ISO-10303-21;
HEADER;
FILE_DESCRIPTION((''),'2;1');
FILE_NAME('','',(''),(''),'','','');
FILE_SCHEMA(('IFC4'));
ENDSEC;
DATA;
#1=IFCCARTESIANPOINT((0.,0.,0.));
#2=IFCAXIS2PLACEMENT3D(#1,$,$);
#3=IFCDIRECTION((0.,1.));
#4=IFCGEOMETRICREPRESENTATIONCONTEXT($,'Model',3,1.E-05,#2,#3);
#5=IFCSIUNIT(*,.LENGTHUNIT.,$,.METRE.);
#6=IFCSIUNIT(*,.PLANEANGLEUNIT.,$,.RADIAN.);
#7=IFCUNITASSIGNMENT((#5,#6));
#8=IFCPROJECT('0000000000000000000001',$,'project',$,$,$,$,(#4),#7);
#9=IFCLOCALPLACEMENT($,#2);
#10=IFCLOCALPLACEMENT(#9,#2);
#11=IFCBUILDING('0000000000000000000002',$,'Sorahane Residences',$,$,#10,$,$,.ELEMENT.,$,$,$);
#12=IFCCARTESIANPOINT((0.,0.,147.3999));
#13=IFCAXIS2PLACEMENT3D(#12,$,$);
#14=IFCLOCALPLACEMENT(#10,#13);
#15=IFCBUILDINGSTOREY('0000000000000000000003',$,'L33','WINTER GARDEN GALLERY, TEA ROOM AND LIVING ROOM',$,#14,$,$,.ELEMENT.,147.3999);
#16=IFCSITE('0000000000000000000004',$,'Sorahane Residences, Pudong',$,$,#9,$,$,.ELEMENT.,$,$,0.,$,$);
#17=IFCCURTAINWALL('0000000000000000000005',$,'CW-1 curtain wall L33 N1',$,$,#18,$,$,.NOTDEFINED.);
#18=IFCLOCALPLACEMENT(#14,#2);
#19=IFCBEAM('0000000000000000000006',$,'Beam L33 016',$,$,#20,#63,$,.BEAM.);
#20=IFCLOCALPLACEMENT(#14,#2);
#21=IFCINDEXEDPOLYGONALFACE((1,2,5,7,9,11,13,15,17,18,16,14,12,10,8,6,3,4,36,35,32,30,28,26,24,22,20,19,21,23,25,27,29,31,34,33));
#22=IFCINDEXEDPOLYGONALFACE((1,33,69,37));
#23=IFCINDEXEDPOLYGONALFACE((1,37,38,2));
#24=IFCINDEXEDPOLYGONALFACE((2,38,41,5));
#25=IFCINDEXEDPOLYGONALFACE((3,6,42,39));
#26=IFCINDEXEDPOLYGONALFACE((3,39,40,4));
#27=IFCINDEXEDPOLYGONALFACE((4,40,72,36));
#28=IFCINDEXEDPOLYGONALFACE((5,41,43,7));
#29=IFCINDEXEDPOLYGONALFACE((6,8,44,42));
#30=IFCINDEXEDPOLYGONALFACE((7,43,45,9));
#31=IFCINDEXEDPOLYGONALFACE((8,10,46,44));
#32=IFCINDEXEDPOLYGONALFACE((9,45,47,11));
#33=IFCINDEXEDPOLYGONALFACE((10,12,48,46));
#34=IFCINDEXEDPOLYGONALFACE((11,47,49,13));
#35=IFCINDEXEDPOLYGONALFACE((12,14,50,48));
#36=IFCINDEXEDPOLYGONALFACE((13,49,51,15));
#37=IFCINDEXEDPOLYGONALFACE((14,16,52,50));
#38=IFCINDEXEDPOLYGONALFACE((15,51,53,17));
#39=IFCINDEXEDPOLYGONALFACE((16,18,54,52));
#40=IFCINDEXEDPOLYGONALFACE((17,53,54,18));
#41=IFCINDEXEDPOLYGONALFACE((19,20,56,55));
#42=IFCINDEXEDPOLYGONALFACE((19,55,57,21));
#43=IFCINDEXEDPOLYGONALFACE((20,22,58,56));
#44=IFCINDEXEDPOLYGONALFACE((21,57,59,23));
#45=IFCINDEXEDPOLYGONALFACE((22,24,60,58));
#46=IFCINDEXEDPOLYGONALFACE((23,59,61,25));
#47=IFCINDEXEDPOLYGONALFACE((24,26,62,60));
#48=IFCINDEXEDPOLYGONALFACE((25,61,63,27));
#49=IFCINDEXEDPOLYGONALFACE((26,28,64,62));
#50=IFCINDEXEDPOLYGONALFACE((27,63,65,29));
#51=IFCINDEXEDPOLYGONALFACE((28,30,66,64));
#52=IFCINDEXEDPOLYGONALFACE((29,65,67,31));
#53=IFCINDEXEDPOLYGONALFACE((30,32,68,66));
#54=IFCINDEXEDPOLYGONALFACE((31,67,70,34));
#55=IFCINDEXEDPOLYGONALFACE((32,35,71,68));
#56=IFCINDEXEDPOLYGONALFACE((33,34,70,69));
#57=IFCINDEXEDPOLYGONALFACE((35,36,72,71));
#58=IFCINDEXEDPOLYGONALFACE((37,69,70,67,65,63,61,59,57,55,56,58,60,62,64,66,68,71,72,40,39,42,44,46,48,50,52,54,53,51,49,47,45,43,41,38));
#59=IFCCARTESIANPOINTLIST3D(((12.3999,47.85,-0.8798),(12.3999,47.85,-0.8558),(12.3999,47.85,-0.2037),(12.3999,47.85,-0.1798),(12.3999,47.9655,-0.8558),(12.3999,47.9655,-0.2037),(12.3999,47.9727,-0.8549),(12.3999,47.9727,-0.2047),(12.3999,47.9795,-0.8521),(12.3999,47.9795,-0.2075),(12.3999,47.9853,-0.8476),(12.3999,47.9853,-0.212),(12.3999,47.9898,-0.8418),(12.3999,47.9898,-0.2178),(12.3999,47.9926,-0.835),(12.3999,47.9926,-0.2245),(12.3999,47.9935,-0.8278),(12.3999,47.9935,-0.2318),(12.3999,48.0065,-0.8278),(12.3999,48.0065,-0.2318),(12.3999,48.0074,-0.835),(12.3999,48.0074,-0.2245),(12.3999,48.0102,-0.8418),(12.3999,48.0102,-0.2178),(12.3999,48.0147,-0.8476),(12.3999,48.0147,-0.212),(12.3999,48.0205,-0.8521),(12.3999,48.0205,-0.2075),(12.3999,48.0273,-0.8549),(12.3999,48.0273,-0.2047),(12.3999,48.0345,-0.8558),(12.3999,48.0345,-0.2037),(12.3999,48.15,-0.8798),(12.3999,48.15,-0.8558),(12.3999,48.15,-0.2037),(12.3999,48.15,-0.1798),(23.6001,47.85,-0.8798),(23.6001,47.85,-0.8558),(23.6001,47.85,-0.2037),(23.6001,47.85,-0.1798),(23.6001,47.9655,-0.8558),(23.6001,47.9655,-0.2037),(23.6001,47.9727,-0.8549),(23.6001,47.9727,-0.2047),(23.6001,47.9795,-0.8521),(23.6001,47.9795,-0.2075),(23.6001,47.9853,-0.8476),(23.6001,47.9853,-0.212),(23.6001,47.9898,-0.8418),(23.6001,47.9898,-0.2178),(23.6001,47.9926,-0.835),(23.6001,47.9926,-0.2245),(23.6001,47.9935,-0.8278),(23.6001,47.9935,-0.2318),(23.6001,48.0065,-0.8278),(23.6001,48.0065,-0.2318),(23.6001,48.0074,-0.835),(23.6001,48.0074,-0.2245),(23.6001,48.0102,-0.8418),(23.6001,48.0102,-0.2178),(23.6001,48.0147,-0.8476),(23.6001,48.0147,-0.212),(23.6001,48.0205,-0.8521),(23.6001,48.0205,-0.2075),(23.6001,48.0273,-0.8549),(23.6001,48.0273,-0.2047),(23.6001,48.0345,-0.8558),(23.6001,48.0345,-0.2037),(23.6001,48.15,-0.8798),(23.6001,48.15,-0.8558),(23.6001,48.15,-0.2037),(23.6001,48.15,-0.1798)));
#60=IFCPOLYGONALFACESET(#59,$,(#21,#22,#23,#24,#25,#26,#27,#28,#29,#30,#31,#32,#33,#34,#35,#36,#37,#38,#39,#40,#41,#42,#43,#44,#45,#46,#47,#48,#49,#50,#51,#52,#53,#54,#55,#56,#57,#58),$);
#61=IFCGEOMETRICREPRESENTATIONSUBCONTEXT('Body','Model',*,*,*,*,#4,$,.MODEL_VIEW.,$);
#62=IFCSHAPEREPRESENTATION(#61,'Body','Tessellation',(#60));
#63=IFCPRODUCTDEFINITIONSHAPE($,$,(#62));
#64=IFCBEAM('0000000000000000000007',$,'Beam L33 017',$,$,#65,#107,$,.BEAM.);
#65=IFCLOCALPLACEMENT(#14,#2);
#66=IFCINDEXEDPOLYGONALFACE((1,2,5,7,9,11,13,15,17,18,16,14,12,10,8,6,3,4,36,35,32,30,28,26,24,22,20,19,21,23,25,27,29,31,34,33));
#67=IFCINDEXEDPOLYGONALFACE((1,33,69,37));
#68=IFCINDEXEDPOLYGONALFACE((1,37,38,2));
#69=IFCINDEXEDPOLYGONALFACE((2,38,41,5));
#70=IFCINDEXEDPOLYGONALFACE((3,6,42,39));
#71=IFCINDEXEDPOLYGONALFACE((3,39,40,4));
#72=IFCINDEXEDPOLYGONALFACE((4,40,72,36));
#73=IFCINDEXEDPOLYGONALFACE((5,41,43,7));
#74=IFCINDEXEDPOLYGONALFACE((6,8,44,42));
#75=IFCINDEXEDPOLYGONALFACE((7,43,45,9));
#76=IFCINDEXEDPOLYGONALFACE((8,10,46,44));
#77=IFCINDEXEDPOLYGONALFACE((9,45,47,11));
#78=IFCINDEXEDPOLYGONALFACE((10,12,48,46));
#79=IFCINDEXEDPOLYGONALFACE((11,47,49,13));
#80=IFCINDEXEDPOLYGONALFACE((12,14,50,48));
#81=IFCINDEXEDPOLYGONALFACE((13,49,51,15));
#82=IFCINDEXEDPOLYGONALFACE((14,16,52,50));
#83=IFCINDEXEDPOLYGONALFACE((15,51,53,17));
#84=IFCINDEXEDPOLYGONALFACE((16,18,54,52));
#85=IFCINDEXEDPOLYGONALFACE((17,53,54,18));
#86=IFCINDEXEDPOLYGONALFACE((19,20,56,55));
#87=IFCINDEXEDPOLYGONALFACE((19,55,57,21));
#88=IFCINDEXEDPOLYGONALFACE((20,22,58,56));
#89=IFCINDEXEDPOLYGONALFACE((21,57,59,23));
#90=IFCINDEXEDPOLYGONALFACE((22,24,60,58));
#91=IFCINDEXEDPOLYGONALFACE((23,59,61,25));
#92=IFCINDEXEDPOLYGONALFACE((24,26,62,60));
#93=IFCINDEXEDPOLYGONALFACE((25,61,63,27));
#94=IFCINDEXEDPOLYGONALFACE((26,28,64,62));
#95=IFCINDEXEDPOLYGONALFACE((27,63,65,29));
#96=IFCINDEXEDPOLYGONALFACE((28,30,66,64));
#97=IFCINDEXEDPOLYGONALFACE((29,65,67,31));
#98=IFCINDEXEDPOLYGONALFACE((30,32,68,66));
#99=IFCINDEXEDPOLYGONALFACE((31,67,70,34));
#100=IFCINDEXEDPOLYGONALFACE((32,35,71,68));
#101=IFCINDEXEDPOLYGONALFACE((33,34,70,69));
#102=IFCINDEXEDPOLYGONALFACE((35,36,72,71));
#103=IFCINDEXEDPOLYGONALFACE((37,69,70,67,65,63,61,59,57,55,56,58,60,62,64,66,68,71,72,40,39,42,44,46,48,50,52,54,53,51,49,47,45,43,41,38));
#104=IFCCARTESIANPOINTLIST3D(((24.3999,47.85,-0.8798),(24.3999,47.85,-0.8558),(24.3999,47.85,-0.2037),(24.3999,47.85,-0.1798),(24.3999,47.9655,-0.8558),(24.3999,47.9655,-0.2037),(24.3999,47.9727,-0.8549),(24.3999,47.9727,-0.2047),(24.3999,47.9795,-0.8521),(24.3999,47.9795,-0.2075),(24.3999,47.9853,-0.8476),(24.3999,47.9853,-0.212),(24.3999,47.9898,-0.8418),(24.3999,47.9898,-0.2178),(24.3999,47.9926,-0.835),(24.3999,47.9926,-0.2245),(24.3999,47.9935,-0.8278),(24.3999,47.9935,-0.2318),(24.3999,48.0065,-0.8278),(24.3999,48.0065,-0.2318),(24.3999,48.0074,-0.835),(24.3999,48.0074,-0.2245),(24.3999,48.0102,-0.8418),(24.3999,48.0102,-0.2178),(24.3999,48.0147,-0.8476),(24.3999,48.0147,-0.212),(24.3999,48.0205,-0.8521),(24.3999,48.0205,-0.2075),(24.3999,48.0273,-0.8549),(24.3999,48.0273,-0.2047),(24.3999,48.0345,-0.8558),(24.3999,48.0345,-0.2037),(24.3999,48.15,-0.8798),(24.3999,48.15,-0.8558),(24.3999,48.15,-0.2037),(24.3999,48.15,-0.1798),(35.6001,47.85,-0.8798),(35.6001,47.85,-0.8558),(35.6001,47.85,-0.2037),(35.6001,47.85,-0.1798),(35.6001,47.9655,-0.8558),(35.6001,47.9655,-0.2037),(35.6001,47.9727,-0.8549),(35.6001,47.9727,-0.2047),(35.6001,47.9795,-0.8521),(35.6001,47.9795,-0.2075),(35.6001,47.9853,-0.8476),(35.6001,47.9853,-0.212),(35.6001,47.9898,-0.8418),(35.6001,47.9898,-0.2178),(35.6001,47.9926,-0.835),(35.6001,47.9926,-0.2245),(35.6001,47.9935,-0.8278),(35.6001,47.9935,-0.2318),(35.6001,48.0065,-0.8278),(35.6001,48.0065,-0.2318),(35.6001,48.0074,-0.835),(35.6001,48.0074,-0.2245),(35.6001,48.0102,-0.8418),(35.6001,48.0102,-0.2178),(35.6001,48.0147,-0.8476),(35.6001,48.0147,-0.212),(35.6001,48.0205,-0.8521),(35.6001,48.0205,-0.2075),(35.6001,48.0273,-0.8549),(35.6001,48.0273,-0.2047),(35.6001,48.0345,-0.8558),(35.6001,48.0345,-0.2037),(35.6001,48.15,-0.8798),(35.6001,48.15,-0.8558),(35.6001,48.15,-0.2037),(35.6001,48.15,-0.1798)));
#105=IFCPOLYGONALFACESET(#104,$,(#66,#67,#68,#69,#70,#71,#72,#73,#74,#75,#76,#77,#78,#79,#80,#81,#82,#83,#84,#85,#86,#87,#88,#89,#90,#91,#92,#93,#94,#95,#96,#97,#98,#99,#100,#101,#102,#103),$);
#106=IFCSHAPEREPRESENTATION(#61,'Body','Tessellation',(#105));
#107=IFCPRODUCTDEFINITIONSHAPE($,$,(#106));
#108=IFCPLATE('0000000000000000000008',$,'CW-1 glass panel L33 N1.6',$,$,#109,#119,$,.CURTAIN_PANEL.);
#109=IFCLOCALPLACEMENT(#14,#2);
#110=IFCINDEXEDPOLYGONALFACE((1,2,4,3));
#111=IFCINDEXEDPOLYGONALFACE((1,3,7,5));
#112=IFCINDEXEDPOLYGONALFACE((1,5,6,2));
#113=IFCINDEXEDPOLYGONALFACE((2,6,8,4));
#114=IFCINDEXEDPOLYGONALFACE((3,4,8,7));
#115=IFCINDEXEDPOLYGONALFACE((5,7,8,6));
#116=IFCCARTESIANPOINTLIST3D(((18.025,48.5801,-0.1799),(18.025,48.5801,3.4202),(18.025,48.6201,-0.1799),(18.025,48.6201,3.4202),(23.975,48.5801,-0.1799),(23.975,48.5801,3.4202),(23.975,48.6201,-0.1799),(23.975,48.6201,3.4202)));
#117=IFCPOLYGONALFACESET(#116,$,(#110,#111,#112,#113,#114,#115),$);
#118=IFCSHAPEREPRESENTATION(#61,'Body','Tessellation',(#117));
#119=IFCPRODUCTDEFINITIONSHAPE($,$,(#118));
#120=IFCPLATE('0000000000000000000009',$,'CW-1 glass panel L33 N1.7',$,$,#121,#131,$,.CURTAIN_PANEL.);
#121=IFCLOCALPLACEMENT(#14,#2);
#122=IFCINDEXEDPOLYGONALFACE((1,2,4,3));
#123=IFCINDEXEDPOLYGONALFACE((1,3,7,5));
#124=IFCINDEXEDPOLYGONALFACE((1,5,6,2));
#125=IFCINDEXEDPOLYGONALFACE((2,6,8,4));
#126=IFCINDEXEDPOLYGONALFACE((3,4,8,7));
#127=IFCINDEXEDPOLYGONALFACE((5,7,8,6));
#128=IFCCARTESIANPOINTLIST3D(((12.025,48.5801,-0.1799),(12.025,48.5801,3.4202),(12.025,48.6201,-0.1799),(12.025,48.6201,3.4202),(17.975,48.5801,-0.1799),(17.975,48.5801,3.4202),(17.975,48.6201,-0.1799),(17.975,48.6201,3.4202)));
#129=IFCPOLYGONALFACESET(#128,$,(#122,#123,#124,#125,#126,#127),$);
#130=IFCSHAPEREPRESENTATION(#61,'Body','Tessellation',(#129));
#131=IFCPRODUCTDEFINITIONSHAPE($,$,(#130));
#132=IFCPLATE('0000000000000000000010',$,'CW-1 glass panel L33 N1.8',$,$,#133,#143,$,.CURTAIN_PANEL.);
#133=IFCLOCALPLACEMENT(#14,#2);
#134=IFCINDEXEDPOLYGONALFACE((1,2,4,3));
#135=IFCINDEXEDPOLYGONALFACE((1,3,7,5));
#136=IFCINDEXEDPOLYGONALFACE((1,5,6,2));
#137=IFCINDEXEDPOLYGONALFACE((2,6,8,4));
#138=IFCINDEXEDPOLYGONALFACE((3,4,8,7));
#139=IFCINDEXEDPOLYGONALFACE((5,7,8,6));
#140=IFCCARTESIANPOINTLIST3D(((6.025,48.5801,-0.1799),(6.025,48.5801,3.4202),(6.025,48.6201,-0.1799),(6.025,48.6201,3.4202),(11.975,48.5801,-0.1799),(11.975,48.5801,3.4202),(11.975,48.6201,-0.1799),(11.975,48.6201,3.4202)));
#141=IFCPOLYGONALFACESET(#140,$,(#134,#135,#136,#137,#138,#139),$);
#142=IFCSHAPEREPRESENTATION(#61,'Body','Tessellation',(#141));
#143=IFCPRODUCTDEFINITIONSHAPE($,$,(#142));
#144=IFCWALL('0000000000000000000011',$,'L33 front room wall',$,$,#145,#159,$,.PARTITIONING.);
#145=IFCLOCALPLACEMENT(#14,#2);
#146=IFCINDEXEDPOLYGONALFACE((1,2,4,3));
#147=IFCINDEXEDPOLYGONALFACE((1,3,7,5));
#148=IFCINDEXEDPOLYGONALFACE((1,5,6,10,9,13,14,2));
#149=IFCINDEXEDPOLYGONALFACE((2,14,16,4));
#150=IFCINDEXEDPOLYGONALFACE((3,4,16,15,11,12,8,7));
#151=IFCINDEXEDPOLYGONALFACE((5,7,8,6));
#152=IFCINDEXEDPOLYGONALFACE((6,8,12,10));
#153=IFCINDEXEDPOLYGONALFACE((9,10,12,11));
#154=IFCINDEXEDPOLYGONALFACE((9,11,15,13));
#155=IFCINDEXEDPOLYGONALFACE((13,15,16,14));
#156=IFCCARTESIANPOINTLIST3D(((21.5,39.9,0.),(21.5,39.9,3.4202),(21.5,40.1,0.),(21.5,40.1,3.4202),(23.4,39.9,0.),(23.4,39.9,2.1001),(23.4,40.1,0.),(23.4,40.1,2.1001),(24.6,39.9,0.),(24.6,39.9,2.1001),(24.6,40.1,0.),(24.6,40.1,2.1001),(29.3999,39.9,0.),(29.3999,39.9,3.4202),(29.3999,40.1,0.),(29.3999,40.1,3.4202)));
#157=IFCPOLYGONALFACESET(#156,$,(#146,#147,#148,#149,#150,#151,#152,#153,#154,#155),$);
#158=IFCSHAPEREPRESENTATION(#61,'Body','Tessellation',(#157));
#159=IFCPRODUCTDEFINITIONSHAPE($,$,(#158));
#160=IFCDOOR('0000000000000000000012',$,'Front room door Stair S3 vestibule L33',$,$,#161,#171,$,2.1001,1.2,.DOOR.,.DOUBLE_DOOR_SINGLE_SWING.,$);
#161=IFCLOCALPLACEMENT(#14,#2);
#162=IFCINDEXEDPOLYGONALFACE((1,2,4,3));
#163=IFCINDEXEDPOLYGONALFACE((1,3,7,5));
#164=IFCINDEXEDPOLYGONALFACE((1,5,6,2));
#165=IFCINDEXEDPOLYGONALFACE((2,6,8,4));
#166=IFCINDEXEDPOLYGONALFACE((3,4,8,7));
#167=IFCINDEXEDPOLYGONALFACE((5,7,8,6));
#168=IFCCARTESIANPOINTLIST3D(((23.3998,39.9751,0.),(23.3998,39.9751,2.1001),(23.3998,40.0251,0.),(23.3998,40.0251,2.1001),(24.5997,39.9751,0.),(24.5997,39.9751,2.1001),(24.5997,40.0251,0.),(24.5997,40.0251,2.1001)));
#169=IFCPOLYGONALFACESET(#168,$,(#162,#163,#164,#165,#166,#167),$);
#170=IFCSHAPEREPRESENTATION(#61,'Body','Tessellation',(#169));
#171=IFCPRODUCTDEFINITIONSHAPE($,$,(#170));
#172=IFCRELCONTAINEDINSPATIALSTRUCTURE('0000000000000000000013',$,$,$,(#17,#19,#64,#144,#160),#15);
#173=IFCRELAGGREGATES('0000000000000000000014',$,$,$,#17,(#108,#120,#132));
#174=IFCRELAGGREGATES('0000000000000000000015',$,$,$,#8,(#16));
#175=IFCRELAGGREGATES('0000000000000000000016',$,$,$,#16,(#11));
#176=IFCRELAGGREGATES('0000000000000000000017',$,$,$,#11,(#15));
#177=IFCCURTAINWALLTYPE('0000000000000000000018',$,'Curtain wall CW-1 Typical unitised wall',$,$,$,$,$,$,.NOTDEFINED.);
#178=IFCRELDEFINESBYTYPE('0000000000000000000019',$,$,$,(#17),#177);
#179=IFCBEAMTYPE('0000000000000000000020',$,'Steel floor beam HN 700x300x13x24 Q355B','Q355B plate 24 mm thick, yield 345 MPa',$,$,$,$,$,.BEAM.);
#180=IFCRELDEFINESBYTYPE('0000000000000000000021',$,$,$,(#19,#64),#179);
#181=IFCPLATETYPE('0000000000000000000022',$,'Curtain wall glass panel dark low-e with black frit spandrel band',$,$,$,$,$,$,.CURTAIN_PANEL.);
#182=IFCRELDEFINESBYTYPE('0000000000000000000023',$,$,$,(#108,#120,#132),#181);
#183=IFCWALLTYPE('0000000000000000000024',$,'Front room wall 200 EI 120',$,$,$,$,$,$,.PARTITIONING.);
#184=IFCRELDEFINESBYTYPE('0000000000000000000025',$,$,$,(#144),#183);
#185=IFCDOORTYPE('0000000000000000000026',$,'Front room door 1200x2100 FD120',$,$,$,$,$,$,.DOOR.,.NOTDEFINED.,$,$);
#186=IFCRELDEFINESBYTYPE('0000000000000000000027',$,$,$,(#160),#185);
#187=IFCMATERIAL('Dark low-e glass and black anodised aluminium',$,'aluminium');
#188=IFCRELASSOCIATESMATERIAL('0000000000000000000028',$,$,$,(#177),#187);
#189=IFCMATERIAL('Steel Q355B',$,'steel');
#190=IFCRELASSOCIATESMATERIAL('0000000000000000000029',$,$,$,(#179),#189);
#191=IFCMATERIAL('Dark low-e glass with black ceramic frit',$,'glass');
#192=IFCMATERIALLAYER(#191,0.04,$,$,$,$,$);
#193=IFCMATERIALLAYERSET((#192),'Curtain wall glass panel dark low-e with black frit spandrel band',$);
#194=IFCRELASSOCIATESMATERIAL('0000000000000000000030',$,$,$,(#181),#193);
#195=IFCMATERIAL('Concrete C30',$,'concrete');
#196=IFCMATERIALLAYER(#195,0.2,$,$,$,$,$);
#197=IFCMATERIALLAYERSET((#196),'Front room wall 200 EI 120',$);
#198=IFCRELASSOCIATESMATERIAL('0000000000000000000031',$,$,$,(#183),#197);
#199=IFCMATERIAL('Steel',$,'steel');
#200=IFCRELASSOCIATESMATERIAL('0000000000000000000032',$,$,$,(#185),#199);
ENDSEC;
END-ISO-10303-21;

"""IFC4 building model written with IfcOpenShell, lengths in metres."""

from ifc_helpers import new_model, si_unit, direction, frame, frame_2d, origin, origin_2d, place, context, subcontext, project, spatial, rectangle, i_section, extrude, material, layer, layer_set, material_profile, profile_set, type_object, element, fill, aggregate, save


model = new_model("IFC4")

# Units and contexts
model_context = context("Model", 3, precision=1e-05, world=origin(), true_north=direction((0.0, 1.0)))
body_context = subcontext(model_context, "Body", "Model", "MODEL_VIEW")
ifc_project = project(units=[si_unit("LENGTHUNIT", "METRE"), si_unit("PLANEANGLEUNIT", "RADIAN")], contexts=[model_context])

# Site, building, storey
site_placement = place(None, origin())
site = spatial("IfcSite", under=ifc_project, at=site_placement, Name="Sorahane Residences, Pudong", CompositionType="ELEMENT", RefElevation=0.0)
building_placement = place(site_placement, origin())
building = spatial("IfcBuilding", under=site, at=building_placement, Name="Sorahane Residences", CompositionType="ELEMENT")
storey_placement = place(building_placement, frame((0.0, 0.0, 147.3999)))
storey = spatial("IfcBuildingStorey", under=building, at=storey_placement, Name="L33", Description="WINTER GARDEN GALLERY, TEA ROOM AND LIVING ROOM", CompositionType="ELEMENT", Elevation=147.3999)

# Curtain wall
ifc_material_1 = material(Name="Dark low-e glass and black anodised aluminium", Category="aluminium")
curtain_wall_type = type_object("IfcCurtainWallType", Name="Curtain wall CW-1 Typical unitised wall", PredefinedType="NOTDEFINED", material=ifc_material_1)
curtain_wall_placement = place(storey_placement, origin())
curtain_wall = element("IfcCurtainWall", 1, at=curtain_wall_placement, inside=storey, type_object=curtain_wall_type, Name="CW-1 curtain wall L33 N1", PredefinedType="NOTDEFINED")

# Beams
ifc_material_2 = material(Name="Steel Q355B", Category="steel")
ifc_material_profile_1 = material_profile(ifc_material_2, i_section(OverallWidth=0.3, OverallDepth=0.7, WebThickness=0.0129, FlangeThickness=0.0239, FilletRadius=0.0281, at=origin_2d()), Name="HN 700x300x13x24")
ifc_profile_set_1 = profile_set([ifc_material_profile_1], Name="Steel Q355B")
beam_type_1 = type_object("IfcBeamType", Name="Steel floor beam HN 700x300x13x24 Q355B", Description="Q355B plate 24 mm thick, yield 345 MPa", PredefinedType="BEAM", material=ifc_profile_set_1)
for number, where, z_axis, x_axis, name in (
    (2, (12.3999, 48.0, -0.5298), (1.0, 0.0, 0.0), (0.0, 1.0, 0.0), "Beam L33 016"),
    (3, (24.3999, 48.0, -0.5298), (1.0, 0.0, 0.0), (0.0, 1.0, 0.0), "Beam L33 017"),
):
    element("IfcBeam", number, at=place(storey_placement, frame(where, z_axis=z_axis, x_axis=x_axis)), inside=storey, type_object=beam_type_1, Name=name, PredefinedType="BEAM", context=body_context, shape_type="SweptSolid", body=[
        extrude(i_section(OverallWidth=0.3, OverallDepth=0.7, WebThickness=0.0129, FlangeThickness=0.0239, FilletRadius=0.0281, at=origin_2d()), origin(), (0.0, 0.0, 1.0), 11.2002),
    ])

# Plates
ifc_material_3 = material(Name="Dark low-e glass with black ceramic frit", Category="glass")
ifc_layer_1 = layer(ifc_material_3, 0.04)
ifc_layer_set_1 = layer_set([ifc_layer_1], Name="Curtain wall glass panel dark low-e with black frit spandrel band")
plate_type = type_object("IfcPlateType", Name="Curtain wall glass panel dark low-e with black frit spandrel band", PredefinedType="CURTAIN_PANEL", material=ifc_layer_set_1)
plate_1_placement = place(storey_placement, frame((21.0, 48.6001, -0.1799), z_axis=(0.0, 0.0, 1.0), x_axis=(-1.0, 0.0, 0.0)))
plate_1 = element("IfcPlate", 4, at=plate_1_placement, type_object=plate_type, Name="CW-1 glass panel L33 N1.6", PredefinedType="CURTAIN_PANEL", context=body_context, shape_type="SweptSolid", body=[
    extrude(rectangle(XDim=5.95, YDim=0.04, at=origin_2d()), origin(), (0.0, 0.0, 1.0), 3.6001),
])
plate_2_placement = place(storey_placement, frame((15.0, 48.6001, -0.1799), z_axis=(0.0, 0.0, 1.0), x_axis=(-1.0, 0.0, 0.0)))
plate_2 = element("IfcPlate", 5, at=plate_2_placement, type_object=plate_type, Name="CW-1 glass panel L33 N1.7", PredefinedType="CURTAIN_PANEL", context=body_context, shape_type="SweptSolid", body=[
    extrude(rectangle(XDim=5.95, YDim=0.04, at=origin_2d()), origin(), (0.0, 0.0, 1.0), 3.6001),
])
plate_3_placement = place(storey_placement, frame((9.0, 48.6001, -0.1799), z_axis=(0.0, 0.0, 1.0), x_axis=(-1.0, 0.0, 0.0)))
plate_3 = element("IfcPlate", 6, at=plate_3_placement, type_object=plate_type, Name="CW-1 glass panel L33 N1.8", PredefinedType="CURTAIN_PANEL", context=body_context, shape_type="SweptSolid", body=[
    extrude(rectangle(XDim=5.95, YDim=0.04, at=origin_2d()), origin(), (0.0, 0.0, 1.0), 3.6001),
])
aggregate(curtain_wall, [plate_1, plate_2, plate_3])

# Wall, opening, door
ifc_material_4 = material(Name="Concrete C30", Category="concrete")
ifc_layer_2 = layer(ifc_material_4, 0.2)
ifc_layer_set_2 = layer_set([ifc_layer_2], Name="Front room wall 200 EI 120")
wall_type_1 = type_object("IfcWallType", Name="Front room wall 200 EI 120", PredefinedType="PARTITIONING", material=ifc_layer_set_2)
wall_1_placement = place(storey_placement, frame((21.5, 40.0, 0.0), z_axis=(0.0, 0.0, 1.0), x_axis=(1.0, 0.0, 0.0)))
wall_1 = element("IfcWall", 7, at=wall_1_placement, inside=storey, type_object=wall_type_1, Name="L33 front room wall", PredefinedType="PARTITIONING", context=body_context, shape_type="SweptSolid", body=[
    extrude(rectangle(XDim=7.8999, YDim=0.2, at=frame_2d((3.95, 0.0))), origin(), (0.0, 0.0, 1.0), 3.4202),
])
opening_1_placement = place(wall_1_placement, frame((1.8999, 0.0, 0.0)))
opening_1 = element("IfcOpeningElement", 8, at=opening_1_placement, cuts=wall_1, PredefinedType="OPENING", context=body_context, shape_type="SweptSolid", body=[
    extrude(rectangle(XDim=1.2, YDim=2.1001, at=frame_2d((0.6001, 1.05))), frame((0.0, 0.1099, 0.0), z_axis=(0.0, -1.0, 0.0), x_axis=(1.0, 0.0, 0.0)), (0.0, 0.0, 1.0), 0.22),
])
ifc_material_5 = material(Name="Steel", Category="steel")
door_type = type_object("IfcDoorType", Name="Front room door 1200x2100 FD120", OperationType="NOTDEFINED", PredefinedType="DOOR", material=ifc_material_5)
door_1_placement = place(opening_1_placement, frame((1.2, 0.0, 0.0), z_axis=(0.0, 0.0, 1.0), x_axis=(-1.0, 0.0, 0.0)))
door_1 = element("IfcDoor", 9, at=door_1_placement, inside=storey, type_object=door_type, Name="Front room door Stair S3 vestibule L33", OperationType="DOUBLE_DOOR_SINGLE_SWING", OverallHeight=2.1001, OverallWidth=1.2, PredefinedType="DOOR", context=body_context, shape_type="SweptSolid", body=[
    extrude(rectangle(XDim=1.2, YDim=2.1001, at=frame_2d((0.6001, 1.05))), frame((0.0, 0.0249, 0.0), z_axis=(0.0, -1.0, 0.0), x_axis=(1.0, 0.0, 0.0)), (0.0, 0.0, 1.0), 0.05),
])
fill(opening_1, door_1)

save(model, "model.ifc")
